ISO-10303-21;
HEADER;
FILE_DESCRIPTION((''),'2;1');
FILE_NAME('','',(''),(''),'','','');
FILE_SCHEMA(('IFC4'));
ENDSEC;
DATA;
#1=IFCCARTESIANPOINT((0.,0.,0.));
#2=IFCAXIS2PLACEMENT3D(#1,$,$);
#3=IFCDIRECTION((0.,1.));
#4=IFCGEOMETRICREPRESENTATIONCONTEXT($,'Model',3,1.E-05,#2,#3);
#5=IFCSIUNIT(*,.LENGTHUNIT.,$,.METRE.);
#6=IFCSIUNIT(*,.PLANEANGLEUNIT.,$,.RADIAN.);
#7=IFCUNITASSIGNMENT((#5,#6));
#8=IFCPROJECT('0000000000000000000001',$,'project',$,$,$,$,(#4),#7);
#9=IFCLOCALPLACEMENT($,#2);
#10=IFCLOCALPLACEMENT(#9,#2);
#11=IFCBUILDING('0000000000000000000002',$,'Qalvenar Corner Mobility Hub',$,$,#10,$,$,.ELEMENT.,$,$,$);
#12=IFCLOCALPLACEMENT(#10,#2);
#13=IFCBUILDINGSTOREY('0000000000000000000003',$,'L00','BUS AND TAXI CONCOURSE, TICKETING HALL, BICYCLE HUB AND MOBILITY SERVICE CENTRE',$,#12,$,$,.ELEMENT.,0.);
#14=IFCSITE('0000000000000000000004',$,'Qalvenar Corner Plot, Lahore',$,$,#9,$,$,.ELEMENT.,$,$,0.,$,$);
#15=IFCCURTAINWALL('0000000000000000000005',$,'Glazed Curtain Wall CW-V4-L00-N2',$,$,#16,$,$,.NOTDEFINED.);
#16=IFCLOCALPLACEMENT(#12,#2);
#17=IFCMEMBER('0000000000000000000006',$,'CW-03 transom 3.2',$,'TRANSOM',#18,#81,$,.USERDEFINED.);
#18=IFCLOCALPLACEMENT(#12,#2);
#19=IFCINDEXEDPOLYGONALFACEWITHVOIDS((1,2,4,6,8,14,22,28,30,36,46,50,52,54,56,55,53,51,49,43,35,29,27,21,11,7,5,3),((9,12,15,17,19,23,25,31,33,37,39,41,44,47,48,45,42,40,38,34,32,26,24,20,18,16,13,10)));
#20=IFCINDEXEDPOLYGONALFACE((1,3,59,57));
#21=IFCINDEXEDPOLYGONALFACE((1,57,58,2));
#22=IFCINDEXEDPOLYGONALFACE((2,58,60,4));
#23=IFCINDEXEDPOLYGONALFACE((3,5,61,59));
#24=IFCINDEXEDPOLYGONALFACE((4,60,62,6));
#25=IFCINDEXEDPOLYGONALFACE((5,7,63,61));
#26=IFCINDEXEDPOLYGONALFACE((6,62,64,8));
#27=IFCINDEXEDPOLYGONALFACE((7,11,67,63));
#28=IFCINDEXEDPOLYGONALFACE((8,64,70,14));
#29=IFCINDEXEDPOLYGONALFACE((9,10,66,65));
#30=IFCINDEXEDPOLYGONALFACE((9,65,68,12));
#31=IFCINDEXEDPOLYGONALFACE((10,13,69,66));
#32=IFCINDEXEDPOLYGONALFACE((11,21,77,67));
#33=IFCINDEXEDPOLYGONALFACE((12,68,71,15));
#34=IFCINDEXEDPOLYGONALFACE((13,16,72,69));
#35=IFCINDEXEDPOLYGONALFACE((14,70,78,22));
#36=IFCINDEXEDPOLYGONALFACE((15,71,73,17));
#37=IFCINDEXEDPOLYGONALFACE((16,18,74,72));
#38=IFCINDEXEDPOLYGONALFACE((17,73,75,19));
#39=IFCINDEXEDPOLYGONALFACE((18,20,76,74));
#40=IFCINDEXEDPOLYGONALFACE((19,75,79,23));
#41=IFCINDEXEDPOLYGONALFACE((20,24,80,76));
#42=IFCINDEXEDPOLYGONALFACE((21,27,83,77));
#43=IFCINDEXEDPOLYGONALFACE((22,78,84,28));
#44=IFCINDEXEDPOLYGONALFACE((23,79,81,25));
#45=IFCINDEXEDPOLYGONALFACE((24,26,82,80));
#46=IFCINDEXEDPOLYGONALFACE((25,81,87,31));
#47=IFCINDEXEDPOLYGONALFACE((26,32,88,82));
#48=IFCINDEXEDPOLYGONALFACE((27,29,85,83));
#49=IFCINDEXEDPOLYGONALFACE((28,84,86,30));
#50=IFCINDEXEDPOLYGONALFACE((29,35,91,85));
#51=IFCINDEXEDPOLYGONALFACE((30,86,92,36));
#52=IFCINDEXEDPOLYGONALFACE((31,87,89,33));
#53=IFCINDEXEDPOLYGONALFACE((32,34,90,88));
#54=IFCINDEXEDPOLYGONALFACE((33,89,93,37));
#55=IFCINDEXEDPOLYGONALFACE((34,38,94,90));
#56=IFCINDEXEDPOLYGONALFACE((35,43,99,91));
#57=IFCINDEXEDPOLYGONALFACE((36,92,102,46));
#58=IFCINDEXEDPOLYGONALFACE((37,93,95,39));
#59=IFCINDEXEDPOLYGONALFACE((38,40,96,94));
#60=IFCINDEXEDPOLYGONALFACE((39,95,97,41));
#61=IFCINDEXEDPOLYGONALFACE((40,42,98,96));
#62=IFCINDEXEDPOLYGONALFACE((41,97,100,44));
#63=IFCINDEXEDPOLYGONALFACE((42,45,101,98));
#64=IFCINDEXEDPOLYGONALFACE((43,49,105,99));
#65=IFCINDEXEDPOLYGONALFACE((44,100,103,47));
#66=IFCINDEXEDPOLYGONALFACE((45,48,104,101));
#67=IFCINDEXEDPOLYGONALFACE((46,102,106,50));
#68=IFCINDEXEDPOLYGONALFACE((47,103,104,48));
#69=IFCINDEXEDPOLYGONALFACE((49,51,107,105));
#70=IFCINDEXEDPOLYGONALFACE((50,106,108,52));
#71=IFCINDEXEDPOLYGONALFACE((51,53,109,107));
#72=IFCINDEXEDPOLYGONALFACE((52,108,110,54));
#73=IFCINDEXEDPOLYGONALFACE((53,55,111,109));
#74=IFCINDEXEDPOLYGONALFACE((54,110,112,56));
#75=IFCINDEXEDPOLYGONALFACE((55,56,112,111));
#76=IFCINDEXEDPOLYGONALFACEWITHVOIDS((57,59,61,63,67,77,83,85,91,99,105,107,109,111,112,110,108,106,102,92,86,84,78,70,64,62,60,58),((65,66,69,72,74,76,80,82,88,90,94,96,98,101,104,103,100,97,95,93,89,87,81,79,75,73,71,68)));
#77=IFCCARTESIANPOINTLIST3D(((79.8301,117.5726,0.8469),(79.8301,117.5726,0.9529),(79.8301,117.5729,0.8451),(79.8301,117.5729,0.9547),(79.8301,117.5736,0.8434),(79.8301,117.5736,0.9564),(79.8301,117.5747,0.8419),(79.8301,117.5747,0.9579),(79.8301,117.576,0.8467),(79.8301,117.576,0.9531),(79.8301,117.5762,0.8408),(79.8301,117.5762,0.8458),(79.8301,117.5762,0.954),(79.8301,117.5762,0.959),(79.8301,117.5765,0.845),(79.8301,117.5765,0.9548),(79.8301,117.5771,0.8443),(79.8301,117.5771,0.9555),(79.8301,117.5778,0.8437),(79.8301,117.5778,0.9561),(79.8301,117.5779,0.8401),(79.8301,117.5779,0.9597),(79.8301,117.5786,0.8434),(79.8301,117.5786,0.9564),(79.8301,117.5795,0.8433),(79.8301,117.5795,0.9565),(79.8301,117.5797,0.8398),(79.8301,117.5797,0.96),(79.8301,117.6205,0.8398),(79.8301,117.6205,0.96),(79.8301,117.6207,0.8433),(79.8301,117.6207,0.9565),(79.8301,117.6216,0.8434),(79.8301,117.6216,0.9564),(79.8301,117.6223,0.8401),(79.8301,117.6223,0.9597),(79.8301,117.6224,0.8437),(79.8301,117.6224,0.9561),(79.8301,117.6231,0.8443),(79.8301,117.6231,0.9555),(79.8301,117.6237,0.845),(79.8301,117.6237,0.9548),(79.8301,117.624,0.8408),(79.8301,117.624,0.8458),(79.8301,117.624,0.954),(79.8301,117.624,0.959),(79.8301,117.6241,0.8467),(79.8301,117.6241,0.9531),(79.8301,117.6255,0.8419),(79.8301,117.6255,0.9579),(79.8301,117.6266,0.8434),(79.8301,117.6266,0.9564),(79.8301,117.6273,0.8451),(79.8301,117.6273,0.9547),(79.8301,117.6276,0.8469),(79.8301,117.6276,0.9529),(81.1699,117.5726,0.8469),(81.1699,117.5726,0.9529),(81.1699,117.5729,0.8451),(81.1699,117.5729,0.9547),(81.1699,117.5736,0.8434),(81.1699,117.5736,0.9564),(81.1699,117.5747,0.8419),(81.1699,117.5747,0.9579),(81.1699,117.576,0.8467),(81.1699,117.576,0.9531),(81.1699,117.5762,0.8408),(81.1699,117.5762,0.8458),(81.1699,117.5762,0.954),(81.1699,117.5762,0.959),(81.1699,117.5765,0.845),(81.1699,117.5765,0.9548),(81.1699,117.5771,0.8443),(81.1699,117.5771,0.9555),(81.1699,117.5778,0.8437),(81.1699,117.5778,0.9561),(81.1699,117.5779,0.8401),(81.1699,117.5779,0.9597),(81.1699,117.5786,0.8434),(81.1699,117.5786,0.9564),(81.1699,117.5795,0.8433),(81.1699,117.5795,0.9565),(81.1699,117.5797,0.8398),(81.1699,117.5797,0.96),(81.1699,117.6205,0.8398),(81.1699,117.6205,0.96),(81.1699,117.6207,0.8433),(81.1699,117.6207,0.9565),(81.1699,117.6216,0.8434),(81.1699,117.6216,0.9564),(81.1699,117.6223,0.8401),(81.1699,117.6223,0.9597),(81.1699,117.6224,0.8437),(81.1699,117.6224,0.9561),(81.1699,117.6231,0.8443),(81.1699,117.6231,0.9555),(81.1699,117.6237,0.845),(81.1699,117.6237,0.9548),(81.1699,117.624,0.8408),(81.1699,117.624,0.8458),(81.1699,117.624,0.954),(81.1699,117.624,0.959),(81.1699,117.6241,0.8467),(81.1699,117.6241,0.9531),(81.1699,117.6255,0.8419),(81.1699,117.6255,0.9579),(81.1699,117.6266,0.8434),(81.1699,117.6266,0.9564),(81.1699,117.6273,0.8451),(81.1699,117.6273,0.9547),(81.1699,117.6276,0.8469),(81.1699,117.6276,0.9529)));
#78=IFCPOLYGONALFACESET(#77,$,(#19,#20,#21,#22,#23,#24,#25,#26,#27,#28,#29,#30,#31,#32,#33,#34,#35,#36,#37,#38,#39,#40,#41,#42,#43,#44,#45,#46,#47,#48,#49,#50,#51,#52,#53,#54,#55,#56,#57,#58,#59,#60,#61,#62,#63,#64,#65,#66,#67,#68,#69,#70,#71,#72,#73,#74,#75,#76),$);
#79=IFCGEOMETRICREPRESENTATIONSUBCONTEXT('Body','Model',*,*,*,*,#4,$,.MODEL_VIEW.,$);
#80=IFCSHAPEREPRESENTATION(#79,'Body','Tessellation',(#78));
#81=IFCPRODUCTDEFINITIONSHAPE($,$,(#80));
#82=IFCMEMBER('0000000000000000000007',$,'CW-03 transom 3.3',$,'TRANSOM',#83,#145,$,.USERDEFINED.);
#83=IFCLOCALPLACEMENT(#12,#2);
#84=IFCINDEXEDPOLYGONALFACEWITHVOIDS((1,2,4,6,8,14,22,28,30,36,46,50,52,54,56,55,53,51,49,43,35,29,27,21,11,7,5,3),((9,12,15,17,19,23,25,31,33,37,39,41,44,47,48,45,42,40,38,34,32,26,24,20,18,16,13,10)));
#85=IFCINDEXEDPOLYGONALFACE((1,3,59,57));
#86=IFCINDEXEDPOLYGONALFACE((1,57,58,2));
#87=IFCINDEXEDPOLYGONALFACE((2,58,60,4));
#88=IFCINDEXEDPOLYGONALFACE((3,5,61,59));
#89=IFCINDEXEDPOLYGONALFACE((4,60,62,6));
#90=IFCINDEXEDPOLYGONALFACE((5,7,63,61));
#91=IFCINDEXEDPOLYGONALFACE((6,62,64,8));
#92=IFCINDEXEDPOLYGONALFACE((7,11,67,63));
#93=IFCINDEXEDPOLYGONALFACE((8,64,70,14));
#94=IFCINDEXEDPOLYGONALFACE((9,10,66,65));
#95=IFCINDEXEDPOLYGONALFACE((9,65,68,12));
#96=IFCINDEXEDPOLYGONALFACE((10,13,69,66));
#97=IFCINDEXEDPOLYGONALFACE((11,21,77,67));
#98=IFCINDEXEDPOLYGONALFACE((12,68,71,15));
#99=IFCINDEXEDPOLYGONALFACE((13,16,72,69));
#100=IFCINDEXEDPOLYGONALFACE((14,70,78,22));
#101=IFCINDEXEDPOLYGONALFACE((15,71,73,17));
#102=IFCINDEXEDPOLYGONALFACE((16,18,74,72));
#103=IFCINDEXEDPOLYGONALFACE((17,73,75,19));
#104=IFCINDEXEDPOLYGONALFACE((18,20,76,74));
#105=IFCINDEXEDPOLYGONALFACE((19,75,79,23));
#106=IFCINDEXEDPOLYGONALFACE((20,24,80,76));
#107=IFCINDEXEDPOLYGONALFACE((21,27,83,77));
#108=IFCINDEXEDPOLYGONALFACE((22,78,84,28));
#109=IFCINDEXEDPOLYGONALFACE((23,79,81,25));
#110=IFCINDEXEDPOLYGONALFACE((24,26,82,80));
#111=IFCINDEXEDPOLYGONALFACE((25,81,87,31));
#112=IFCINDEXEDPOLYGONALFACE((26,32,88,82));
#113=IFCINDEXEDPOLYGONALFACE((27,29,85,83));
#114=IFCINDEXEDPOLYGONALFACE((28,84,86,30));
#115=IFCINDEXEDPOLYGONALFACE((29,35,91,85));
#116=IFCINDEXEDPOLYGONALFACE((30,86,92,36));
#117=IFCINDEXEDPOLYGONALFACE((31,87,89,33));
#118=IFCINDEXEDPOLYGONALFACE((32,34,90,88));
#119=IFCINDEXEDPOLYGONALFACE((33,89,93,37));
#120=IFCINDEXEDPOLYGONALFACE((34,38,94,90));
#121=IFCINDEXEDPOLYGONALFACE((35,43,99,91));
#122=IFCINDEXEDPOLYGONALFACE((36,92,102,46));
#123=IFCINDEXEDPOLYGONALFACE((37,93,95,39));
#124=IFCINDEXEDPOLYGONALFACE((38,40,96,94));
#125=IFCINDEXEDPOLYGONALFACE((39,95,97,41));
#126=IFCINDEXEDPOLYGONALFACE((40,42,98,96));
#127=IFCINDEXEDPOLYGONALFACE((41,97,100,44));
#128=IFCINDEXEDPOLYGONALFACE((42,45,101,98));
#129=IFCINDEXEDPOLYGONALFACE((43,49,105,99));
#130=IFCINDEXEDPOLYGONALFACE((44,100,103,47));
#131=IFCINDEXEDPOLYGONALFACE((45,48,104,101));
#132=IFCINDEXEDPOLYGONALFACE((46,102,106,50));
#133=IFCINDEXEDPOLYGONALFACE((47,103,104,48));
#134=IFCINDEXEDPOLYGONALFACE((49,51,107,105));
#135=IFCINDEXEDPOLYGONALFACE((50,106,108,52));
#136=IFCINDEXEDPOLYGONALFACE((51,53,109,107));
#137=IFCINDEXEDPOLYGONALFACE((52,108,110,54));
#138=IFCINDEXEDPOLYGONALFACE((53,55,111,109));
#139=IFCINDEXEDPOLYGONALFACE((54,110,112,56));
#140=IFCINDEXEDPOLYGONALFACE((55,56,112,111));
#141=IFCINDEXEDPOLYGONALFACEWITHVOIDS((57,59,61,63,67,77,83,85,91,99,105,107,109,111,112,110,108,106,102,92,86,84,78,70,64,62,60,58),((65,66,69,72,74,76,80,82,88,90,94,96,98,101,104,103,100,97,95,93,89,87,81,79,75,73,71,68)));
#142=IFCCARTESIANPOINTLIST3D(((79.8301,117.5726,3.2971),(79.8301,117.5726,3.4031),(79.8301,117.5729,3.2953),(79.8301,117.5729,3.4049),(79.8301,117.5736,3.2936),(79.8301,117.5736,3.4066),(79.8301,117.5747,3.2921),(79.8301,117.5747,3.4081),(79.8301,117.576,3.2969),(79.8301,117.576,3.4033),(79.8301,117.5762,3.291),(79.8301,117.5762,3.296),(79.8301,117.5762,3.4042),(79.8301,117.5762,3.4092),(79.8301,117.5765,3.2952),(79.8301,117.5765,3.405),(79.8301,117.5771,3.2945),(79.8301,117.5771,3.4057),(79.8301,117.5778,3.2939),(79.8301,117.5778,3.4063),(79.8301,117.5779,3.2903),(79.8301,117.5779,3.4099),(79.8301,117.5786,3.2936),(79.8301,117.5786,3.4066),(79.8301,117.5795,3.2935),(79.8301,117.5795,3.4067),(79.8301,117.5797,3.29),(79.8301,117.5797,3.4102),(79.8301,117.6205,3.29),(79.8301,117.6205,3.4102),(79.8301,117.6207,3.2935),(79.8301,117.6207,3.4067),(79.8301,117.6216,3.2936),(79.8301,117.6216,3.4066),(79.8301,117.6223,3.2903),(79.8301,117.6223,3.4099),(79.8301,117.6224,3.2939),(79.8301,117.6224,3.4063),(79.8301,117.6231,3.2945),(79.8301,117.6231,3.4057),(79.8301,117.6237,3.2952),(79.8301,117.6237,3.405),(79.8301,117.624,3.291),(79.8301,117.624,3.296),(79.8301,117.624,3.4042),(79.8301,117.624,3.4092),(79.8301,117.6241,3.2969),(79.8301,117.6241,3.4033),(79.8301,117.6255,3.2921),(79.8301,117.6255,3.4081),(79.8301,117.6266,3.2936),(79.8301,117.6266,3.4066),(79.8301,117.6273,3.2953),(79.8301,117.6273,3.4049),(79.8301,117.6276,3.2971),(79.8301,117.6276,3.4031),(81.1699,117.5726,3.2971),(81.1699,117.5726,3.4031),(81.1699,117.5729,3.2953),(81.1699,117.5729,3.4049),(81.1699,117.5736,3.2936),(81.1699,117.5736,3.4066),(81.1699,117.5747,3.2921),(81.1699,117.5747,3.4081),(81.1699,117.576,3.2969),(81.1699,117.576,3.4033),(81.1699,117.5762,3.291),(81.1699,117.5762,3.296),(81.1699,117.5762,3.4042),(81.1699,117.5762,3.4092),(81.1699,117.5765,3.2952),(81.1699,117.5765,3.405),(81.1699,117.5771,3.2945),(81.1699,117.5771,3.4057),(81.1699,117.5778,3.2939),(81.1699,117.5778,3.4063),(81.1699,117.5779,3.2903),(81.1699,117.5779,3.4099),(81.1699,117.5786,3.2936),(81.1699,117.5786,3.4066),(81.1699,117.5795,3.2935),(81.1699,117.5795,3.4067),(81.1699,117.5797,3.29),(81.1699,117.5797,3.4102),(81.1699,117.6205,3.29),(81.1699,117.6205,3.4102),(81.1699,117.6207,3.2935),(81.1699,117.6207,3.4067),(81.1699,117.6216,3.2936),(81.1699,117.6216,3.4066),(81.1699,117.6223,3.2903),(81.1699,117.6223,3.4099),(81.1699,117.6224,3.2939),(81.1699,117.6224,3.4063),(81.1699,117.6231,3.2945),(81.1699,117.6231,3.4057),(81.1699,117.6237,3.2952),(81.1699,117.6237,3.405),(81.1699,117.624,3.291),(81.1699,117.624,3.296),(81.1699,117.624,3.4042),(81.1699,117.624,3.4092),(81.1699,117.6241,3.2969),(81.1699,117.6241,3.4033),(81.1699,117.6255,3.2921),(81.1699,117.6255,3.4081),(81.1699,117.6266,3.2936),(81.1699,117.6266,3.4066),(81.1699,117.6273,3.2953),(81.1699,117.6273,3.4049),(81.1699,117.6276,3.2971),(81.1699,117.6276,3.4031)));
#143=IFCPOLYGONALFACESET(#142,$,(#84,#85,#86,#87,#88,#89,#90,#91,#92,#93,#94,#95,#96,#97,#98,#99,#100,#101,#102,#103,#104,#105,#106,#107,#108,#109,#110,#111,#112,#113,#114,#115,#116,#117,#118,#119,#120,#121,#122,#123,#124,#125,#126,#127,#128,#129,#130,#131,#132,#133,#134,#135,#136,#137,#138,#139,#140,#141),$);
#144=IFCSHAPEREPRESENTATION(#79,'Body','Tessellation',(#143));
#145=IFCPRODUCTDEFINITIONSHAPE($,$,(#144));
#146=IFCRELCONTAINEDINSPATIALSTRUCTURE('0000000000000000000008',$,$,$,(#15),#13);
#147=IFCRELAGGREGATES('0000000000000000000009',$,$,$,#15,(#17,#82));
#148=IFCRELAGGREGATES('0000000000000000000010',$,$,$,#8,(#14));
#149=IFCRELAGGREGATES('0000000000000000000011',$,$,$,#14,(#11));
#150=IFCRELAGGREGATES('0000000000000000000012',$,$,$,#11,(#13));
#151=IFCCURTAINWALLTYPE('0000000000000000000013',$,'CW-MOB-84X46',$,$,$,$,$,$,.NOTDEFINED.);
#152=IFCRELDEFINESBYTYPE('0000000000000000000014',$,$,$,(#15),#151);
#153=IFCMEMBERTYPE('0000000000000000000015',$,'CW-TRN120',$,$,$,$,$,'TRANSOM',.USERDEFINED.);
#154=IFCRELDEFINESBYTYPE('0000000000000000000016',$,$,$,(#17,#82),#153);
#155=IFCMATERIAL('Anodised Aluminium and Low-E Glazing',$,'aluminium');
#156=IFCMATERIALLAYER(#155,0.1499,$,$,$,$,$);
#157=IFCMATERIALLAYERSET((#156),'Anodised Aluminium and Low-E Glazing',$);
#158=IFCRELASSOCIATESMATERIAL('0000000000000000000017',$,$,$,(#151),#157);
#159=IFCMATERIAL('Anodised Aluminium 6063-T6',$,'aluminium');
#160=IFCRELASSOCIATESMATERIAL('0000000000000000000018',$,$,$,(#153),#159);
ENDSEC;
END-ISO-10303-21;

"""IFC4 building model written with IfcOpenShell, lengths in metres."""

from ifc_helpers import new_model, si_unit, direction, frame, origin, origin_2d, place, context, subcontext, project, spatial, hollow_rectangle, extrude, material, layer, layer_set, material_profile, profile_set, type_object, element, aggregate, save


model = new_model("IFC4")

# Units and contexts
model_context = context("Model", 3, precision=1e-05, world=origin(), true_north=direction((0.0, 1.0)))
body_context = subcontext(model_context, "Body", "Model", "MODEL_VIEW")
ifc_project = project(units=[si_unit("LENGTHUNIT", "METRE"), si_unit("PLANEANGLEUNIT", "RADIAN")], contexts=[model_context])

# Site, building, storey
site_placement = place(None, origin())
site = spatial("IfcSite", under=ifc_project, at=site_placement, Name="Qalvenar Corner Plot, Lahore", CompositionType="ELEMENT", RefElevation=0.0)
building_placement = place(site_placement, origin())
building = spatial("IfcBuilding", under=site, at=building_placement, Name="Qalvenar Corner Mobility Hub", CompositionType="ELEMENT")
storey_placement = place(building_placement, origin())
storey = spatial("IfcBuildingStorey", under=building, at=storey_placement, Name="L00", Description="BUS AND TAXI CONCOURSE, TICKETING HALL, BICYCLE HUB AND MOBILITY SERVICE CENTRE", CompositionType="ELEMENT", Elevation=0.0)

# Curtain wall, members
ifc_material_1 = material(Name="Anodised Aluminium and Low-E Glazing", Category="aluminium")
ifc_layer_1 = layer(ifc_material_1, 0.1499)
ifc_layer_set_1 = layer_set([ifc_layer_1], Name="Anodised Aluminium and Low-E Glazing")
curtain_wall_type = type_object("IfcCurtainWallType", Name="CW-MOB-84X46", PredefinedType="NOTDEFINED", material=ifc_layer_set_1)
curtain_wall_placement = place(storey_placement, origin())
curtain_wall = element("IfcCurtainWall", 1, at=curtain_wall_placement, inside=storey, type_object=curtain_wall_type, Name="Glazed Curtain Wall CW-V4-L00-N2", PredefinedType="NOTDEFINED")
ifc_material_2 = material(Name="Anodised Aluminium 6063-T6", Category="aluminium")
ifc_material_profile_1 = material_profile(ifc_material_2, hollow_rectangle(XDim=0.0549, YDim=0.1201, WallThickness=0.0034, InnerFilletRadius=0.0034, OuterFilletRadius=0.0071, at=origin_2d()), Name="RHS120x55x3.5")
ifc_profile_set_1 = profile_set([ifc_material_profile_1], Name="Anodised Aluminium 6063-T6")
member_type_1 = type_object("IfcMemberType", Name="CW-TRN120", ElementType="TRANSOM", PredefinedType="USERDEFINED", material=ifc_profile_set_1)
member_1_placement = place(storey_placement, frame((81.1699, 117.6001, 0.8999), z_axis=(-1.0, 0.0, 0.0), x_axis=(0.0, -1.0, 0.0)))
member_1 = element("IfcMember", 2, at=member_1_placement, type_object=member_type_1, Name="CW-03 transom 3.2", ObjectType="TRANSOM", PredefinedType="USERDEFINED", context=body_context, shape_type="SweptSolid", body=[
    extrude(hollow_rectangle(XDim=0.0549, YDim=0.1201, WallThickness=0.0034, InnerFilletRadius=0.0034, OuterFilletRadius=0.0071, at=origin_2d()), origin(), (0.0, 0.0, 1.0), 1.3398),
])
member_2_placement = place(storey_placement, frame((81.1699, 117.6001, 3.3501), z_axis=(-1.0, 0.0, 0.0), x_axis=(0.0, -1.0, 0.0)))
member_2 = element("IfcMember", 3, at=member_2_placement, type_object=member_type_1, Name="CW-03 transom 3.3", ObjectType="TRANSOM", PredefinedType="USERDEFINED", context=body_context, shape_type="SweptSolid", body=[
    extrude(hollow_rectangle(XDim=0.0549, YDim=0.1201, WallThickness=0.0034, InnerFilletRadius=0.0034, OuterFilletRadius=0.0071, at=origin_2d()), origin(), (0.0, 0.0, 1.0), 1.3398),
])
aggregate(curtain_wall, [member_1, member_2])

save(model, "model.ifc")
